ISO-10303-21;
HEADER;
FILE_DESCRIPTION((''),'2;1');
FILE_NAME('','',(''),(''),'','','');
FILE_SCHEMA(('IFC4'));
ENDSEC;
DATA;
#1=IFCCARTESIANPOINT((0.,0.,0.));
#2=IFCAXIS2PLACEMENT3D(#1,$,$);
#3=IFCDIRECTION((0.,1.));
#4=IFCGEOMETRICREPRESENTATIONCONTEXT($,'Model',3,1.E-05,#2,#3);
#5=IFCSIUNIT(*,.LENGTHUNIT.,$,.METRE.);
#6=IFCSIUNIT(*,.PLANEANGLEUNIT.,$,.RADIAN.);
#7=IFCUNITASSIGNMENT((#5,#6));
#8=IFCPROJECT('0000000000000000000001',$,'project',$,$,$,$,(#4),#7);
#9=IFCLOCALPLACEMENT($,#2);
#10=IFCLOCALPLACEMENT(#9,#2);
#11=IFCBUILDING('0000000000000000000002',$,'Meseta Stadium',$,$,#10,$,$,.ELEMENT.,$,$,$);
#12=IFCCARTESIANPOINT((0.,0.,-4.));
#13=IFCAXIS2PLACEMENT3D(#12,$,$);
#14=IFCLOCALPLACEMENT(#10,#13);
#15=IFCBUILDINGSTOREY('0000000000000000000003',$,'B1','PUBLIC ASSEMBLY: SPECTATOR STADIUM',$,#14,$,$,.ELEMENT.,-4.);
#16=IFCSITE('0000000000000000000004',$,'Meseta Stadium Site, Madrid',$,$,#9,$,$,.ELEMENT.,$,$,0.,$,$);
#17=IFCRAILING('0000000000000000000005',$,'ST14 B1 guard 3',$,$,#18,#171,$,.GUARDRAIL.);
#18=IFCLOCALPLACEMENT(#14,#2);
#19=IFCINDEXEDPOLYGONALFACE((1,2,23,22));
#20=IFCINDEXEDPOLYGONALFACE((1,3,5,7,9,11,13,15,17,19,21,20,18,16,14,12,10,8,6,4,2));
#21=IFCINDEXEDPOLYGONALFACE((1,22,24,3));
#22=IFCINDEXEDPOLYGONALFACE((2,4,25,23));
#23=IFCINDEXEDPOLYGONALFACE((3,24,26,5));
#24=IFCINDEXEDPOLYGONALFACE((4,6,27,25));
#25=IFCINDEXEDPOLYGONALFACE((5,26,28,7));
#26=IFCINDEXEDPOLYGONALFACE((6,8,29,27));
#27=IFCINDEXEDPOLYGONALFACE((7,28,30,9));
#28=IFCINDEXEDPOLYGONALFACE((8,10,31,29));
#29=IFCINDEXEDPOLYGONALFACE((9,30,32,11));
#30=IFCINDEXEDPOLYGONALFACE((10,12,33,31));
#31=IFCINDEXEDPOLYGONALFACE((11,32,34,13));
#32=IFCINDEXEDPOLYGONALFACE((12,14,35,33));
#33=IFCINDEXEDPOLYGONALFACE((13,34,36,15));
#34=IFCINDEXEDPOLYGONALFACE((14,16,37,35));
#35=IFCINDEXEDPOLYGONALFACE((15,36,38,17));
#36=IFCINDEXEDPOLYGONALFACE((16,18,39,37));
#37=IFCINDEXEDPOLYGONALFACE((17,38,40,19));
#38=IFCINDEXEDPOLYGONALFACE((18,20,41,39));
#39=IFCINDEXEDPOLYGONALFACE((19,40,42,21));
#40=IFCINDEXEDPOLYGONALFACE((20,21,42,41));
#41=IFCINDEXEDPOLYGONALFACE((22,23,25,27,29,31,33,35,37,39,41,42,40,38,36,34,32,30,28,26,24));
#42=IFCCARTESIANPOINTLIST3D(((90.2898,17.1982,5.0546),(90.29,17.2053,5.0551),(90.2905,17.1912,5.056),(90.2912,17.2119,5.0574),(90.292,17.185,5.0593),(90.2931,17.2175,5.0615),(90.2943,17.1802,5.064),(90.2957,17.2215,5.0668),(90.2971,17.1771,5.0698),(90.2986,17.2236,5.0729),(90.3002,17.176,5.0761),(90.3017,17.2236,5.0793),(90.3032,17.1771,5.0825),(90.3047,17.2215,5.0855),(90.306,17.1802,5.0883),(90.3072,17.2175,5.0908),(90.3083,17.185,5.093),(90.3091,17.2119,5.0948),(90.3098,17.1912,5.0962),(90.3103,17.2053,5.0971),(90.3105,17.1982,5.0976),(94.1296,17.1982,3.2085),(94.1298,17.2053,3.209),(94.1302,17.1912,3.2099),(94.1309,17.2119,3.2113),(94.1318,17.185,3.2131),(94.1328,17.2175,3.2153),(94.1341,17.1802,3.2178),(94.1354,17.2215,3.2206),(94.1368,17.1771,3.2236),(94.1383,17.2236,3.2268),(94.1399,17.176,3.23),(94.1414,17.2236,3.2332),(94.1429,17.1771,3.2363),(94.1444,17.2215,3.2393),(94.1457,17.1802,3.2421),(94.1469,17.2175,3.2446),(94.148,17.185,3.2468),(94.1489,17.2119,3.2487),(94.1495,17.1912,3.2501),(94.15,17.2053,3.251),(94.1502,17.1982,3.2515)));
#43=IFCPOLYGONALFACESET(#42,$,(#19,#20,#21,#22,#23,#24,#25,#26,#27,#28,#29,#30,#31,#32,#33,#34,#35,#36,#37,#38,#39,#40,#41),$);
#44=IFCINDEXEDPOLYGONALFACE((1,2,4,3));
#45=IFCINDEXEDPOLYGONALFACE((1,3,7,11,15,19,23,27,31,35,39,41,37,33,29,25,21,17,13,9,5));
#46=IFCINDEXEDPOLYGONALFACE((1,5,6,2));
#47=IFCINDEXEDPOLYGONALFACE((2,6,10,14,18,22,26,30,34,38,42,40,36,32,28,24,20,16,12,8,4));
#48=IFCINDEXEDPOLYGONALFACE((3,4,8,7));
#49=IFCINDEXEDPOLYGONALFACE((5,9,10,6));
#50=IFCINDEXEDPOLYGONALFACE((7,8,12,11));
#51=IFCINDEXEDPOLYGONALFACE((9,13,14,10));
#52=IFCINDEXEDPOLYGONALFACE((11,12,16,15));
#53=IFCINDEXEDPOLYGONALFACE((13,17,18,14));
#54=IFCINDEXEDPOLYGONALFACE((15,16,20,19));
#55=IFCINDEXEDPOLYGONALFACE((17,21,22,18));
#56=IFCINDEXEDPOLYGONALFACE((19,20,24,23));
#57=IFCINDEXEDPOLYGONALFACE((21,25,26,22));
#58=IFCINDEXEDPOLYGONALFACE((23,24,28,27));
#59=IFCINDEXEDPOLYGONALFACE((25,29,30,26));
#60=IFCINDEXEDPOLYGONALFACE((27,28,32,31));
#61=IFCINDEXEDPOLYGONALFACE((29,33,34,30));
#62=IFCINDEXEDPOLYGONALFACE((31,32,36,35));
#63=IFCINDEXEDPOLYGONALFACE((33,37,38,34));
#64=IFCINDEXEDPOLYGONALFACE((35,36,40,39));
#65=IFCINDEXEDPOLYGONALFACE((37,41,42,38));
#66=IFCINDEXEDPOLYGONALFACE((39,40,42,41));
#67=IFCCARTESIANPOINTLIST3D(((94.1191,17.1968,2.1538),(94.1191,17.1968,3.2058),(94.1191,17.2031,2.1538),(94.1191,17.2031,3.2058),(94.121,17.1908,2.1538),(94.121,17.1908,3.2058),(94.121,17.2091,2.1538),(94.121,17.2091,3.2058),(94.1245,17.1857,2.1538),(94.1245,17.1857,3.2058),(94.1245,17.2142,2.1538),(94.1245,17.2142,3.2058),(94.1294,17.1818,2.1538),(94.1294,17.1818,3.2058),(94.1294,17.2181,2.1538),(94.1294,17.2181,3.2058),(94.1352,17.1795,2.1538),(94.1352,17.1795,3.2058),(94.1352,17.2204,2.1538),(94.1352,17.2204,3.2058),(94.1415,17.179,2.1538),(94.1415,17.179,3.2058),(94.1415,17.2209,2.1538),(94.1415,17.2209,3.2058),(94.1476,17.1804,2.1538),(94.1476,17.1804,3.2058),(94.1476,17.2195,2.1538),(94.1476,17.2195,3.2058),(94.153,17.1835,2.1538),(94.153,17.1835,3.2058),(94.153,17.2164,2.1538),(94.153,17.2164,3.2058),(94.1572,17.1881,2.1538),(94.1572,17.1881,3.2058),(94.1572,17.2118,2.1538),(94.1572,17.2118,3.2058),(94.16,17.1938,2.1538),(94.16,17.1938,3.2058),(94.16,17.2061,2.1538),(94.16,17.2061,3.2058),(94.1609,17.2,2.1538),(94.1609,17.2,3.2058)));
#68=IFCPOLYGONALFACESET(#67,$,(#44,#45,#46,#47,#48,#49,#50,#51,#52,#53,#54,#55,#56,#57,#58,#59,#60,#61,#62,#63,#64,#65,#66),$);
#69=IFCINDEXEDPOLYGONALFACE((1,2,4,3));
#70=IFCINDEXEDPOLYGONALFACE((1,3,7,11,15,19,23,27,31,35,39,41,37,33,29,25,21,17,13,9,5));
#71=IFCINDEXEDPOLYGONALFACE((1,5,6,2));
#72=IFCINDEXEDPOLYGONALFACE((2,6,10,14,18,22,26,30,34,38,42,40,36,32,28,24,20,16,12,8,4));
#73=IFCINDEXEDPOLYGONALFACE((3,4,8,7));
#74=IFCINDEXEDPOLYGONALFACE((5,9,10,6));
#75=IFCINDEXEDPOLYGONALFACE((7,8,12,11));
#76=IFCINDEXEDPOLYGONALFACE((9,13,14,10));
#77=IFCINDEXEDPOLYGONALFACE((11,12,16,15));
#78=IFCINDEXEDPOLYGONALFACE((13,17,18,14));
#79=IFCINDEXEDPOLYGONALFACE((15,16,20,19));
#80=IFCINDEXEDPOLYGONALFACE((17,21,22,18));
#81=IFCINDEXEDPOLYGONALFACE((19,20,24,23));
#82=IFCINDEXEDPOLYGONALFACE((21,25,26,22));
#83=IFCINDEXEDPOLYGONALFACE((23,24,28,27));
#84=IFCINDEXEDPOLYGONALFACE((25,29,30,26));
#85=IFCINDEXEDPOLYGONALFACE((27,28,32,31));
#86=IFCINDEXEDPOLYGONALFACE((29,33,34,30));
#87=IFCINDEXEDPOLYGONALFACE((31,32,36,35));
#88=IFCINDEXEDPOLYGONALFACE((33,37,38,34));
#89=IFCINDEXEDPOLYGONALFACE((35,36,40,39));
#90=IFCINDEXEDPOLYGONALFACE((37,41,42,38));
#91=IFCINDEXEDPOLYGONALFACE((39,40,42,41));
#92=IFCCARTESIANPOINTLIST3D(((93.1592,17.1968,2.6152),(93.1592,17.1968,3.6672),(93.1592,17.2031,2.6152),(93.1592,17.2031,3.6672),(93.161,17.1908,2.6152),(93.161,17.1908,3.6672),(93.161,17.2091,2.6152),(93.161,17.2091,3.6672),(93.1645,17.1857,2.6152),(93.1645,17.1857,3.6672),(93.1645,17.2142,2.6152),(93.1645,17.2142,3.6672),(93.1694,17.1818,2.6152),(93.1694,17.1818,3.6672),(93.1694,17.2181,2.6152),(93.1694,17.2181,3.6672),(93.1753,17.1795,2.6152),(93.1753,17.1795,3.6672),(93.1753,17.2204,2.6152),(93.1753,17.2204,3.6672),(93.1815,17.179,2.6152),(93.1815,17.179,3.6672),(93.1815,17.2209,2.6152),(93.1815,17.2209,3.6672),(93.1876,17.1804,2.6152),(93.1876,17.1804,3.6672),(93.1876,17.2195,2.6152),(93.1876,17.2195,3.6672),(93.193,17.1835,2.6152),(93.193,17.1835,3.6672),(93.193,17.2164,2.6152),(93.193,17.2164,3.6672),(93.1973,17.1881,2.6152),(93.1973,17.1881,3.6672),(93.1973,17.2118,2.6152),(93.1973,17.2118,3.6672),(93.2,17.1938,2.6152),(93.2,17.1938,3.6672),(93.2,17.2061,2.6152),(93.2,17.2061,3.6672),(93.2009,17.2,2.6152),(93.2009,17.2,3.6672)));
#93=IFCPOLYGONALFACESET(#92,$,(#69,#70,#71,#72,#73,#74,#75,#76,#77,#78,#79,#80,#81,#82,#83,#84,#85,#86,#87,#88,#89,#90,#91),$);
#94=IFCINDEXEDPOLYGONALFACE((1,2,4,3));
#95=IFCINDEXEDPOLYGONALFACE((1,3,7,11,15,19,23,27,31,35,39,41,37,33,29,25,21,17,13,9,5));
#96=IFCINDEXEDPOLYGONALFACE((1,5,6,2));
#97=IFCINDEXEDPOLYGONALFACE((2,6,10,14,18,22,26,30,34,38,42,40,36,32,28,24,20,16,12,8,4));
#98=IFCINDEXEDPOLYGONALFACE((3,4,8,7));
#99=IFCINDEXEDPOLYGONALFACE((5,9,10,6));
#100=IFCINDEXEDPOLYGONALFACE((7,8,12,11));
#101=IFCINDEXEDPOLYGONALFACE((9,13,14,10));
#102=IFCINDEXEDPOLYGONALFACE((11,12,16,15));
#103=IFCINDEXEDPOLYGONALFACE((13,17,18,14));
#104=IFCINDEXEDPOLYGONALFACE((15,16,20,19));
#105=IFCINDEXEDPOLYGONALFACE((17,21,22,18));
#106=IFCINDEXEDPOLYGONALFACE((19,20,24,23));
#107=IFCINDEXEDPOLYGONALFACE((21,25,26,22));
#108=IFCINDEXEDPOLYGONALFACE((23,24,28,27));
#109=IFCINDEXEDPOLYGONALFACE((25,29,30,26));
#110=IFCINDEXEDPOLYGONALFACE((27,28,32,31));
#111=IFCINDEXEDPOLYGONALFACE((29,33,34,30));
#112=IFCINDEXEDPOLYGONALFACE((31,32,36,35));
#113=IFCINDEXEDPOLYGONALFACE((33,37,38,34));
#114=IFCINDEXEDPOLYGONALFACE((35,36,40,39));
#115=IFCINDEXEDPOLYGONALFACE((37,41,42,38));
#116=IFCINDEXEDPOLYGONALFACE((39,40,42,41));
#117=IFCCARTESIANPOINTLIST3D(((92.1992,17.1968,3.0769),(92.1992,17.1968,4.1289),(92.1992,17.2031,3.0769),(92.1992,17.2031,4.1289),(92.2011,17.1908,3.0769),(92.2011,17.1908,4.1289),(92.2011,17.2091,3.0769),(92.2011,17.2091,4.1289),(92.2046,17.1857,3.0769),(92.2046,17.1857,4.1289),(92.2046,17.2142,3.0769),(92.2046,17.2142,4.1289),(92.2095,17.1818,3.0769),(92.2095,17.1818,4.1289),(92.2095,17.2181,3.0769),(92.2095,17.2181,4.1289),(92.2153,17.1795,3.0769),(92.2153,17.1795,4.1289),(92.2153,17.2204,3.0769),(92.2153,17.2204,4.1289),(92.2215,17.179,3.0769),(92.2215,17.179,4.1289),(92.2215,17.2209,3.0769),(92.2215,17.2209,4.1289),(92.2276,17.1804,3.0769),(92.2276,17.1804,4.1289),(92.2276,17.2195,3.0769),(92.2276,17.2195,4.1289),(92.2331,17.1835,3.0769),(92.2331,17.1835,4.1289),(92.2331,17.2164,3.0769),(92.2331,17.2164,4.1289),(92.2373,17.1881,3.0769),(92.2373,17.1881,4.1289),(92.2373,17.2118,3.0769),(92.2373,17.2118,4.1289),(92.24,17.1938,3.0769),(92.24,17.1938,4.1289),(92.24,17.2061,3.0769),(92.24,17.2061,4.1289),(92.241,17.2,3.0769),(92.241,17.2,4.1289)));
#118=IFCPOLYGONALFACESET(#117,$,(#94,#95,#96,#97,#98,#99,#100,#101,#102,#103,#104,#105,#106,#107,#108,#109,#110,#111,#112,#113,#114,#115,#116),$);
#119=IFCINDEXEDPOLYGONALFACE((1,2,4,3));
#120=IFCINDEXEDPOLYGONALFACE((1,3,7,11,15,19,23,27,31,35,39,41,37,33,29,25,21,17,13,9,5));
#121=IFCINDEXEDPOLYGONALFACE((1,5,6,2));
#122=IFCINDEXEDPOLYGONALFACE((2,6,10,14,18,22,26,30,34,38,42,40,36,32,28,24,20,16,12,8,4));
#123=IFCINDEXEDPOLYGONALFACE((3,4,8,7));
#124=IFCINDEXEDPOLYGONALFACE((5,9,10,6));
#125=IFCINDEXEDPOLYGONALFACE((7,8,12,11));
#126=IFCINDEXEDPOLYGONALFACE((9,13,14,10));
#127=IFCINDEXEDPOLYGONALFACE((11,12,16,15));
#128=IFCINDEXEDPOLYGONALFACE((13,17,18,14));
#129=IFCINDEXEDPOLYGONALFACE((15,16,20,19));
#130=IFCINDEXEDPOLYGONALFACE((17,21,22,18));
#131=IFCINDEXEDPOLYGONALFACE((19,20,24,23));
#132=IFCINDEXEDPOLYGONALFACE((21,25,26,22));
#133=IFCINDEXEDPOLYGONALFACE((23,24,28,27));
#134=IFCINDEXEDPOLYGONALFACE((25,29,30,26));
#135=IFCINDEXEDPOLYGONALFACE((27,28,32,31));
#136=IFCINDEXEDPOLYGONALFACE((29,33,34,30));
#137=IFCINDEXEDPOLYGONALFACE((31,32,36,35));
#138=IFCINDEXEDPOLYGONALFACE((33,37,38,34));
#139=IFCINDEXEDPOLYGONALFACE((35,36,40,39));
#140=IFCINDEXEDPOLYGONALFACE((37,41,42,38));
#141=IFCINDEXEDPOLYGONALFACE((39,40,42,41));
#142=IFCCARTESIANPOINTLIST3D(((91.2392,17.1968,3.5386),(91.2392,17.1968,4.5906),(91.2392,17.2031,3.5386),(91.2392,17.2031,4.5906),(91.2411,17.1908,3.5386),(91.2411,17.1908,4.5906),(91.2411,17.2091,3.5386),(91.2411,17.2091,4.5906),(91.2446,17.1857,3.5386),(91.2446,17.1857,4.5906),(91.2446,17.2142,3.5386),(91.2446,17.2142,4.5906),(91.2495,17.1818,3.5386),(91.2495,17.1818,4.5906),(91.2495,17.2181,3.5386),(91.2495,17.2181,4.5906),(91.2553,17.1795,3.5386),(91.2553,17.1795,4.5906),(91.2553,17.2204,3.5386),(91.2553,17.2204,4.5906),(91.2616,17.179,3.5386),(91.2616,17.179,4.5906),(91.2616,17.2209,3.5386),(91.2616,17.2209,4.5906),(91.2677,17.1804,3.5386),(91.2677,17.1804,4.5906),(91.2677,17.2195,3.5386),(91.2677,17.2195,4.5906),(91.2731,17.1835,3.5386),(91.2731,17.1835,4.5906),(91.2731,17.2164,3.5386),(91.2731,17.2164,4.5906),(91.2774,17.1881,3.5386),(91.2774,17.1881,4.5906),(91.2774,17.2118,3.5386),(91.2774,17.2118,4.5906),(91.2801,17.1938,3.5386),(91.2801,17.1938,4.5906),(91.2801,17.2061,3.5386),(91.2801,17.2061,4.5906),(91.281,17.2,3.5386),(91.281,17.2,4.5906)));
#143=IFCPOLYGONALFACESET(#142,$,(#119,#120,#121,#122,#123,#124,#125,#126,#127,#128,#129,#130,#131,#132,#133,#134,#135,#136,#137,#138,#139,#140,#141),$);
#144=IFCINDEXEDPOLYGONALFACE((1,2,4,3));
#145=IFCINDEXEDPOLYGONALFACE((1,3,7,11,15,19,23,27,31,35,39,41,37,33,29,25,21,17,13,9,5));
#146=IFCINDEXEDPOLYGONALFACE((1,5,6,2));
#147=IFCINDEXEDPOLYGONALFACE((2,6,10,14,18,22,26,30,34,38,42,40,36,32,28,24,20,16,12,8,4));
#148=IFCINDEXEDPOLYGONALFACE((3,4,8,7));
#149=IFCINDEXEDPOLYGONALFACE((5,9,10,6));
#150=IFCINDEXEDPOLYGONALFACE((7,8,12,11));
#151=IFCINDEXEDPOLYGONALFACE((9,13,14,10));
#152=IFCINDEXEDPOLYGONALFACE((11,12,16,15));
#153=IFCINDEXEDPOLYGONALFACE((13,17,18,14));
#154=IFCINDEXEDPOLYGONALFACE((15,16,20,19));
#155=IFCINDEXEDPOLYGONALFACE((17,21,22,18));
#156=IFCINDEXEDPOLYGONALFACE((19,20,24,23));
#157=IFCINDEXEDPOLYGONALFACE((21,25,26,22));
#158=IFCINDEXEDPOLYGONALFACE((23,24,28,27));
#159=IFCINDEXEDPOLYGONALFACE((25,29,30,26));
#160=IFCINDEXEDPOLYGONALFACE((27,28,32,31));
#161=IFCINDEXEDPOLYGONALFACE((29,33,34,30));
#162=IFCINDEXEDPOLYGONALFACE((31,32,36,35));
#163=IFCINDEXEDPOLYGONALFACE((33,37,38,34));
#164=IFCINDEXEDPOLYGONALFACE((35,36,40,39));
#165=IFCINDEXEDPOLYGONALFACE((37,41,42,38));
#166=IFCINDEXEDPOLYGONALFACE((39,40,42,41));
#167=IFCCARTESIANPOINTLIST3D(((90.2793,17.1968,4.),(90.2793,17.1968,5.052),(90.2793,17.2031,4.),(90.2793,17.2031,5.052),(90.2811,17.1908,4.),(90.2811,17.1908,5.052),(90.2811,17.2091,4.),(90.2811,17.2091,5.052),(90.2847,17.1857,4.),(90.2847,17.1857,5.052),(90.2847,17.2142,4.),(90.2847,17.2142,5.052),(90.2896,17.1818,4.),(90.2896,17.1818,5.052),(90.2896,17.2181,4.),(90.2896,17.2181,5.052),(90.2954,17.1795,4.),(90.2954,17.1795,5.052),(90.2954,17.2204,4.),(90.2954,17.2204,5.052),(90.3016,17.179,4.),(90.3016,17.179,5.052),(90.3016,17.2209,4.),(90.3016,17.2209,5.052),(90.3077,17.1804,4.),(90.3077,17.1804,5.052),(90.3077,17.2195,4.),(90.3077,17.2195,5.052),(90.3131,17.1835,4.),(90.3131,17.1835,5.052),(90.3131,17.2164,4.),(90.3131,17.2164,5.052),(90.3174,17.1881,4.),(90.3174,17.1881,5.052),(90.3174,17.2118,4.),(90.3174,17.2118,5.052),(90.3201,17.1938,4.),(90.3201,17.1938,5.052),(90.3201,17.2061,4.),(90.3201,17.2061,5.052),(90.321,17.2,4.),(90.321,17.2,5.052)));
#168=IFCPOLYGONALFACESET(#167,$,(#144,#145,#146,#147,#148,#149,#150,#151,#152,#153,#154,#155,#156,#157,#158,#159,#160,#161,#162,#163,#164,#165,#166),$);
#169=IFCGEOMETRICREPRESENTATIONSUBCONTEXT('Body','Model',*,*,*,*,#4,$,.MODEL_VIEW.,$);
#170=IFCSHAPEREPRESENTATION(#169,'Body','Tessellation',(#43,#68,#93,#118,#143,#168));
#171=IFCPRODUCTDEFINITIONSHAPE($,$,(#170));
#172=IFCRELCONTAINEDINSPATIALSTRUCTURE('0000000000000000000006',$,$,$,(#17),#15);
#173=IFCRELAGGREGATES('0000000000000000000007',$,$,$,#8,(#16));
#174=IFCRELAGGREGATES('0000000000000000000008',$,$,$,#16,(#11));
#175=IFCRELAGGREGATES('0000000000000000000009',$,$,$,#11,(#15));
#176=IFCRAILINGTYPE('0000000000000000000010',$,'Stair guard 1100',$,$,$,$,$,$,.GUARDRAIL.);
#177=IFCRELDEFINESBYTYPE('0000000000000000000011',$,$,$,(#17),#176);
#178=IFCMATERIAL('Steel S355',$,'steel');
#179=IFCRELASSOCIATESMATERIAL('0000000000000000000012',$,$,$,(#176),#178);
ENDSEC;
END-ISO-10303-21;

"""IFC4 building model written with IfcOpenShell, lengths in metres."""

from ifc_helpers import new_model, si_unit, direction, frame, origin, origin_2d, place, context, subcontext, project, spatial, circle, extrude, material, type_object, element, save


model = new_model("IFC4")

# Units and contexts
model_context = context("Model", 3, precision=1e-05, world=origin(), true_north=direction((0.0, 1.0)))
body_context = subcontext(model_context, "Body", "Model", "MODEL_VIEW")
ifc_project = project(units=[si_unit("LENGTHUNIT", "METRE"), si_unit("PLANEANGLEUNIT", "RADIAN")], contexts=[model_context])

# Site, building, storey
site_placement = place(None, origin())
site = spatial("IfcSite", under=ifc_project, at=site_placement, Name="Meseta Stadium Site, Madrid", CompositionType="ELEMENT", RefElevation=0.0)
building_placement = place(site_placement, origin())
building = spatial("IfcBuilding", under=site, at=building_placement, Name="Meseta Stadium", CompositionType="ELEMENT")
storey_placement = place(building_placement, frame((0.0, 0.0, -4.0)))
storey = spatial("IfcBuildingStorey", under=building, at=storey_placement, Name="B1", Description="PUBLIC ASSEMBLY: SPECTATOR STADIUM", CompositionType="ELEMENT", Elevation=-4.0)

# Railing
ifc_material_1 = material(Name="Steel S355", Category="steel")
railing_type_1 = type_object("IfcRailingType", Name="Stair guard 1100", PredefinedType="GUARDRAIL", material=ifc_material_1)
railing_1_placement = place(storey_placement, frame((94.1399, 17.2, 2.1538)))
element("IfcRailing", 1, at=railing_1_placement, inside=storey, type_object=railing_type_1, Name="ST14 B1 guard 3", PredefinedType="GUARDRAIL", context=body_context, shape_type="SweptSolid", body=[
    extrude(circle(Radius=0.0239, at=origin_2d()), frame((0.0, 0.0, 1.0762), z_axis=(-0.901242, 0.0, 0.433316), x_axis=(0.0, -1.0, 0.0)), (0.0, 0.0, 1.0), 4.2605),
    extrude(circle(Radius=0.021, at=origin_2d()), origin(), (0.0, 0.0, 1.0), 1.052),
    extrude(circle(Radius=0.021, at=origin_2d()), frame((-0.96, 0.0, 0.4614)), (0.0, 0.0, 1.0), 1.052),
    extrude(circle(Radius=0.021, at=origin_2d()), frame((-1.9199, 0.0, 0.9231)), (0.0, 0.0, 1.0), 1.052),
    extrude(circle(Radius=0.021, at=origin_2d()), frame((-2.8799, 0.0, 1.3848)), (0.0, 0.0, 1.0), 1.052),
    extrude(circle(Radius=0.021, at=origin_2d()), frame((-3.8398, 0.0, 1.8462)), (0.0, 0.0, 1.0), 1.052),
])

save(model, "model.ifc")
